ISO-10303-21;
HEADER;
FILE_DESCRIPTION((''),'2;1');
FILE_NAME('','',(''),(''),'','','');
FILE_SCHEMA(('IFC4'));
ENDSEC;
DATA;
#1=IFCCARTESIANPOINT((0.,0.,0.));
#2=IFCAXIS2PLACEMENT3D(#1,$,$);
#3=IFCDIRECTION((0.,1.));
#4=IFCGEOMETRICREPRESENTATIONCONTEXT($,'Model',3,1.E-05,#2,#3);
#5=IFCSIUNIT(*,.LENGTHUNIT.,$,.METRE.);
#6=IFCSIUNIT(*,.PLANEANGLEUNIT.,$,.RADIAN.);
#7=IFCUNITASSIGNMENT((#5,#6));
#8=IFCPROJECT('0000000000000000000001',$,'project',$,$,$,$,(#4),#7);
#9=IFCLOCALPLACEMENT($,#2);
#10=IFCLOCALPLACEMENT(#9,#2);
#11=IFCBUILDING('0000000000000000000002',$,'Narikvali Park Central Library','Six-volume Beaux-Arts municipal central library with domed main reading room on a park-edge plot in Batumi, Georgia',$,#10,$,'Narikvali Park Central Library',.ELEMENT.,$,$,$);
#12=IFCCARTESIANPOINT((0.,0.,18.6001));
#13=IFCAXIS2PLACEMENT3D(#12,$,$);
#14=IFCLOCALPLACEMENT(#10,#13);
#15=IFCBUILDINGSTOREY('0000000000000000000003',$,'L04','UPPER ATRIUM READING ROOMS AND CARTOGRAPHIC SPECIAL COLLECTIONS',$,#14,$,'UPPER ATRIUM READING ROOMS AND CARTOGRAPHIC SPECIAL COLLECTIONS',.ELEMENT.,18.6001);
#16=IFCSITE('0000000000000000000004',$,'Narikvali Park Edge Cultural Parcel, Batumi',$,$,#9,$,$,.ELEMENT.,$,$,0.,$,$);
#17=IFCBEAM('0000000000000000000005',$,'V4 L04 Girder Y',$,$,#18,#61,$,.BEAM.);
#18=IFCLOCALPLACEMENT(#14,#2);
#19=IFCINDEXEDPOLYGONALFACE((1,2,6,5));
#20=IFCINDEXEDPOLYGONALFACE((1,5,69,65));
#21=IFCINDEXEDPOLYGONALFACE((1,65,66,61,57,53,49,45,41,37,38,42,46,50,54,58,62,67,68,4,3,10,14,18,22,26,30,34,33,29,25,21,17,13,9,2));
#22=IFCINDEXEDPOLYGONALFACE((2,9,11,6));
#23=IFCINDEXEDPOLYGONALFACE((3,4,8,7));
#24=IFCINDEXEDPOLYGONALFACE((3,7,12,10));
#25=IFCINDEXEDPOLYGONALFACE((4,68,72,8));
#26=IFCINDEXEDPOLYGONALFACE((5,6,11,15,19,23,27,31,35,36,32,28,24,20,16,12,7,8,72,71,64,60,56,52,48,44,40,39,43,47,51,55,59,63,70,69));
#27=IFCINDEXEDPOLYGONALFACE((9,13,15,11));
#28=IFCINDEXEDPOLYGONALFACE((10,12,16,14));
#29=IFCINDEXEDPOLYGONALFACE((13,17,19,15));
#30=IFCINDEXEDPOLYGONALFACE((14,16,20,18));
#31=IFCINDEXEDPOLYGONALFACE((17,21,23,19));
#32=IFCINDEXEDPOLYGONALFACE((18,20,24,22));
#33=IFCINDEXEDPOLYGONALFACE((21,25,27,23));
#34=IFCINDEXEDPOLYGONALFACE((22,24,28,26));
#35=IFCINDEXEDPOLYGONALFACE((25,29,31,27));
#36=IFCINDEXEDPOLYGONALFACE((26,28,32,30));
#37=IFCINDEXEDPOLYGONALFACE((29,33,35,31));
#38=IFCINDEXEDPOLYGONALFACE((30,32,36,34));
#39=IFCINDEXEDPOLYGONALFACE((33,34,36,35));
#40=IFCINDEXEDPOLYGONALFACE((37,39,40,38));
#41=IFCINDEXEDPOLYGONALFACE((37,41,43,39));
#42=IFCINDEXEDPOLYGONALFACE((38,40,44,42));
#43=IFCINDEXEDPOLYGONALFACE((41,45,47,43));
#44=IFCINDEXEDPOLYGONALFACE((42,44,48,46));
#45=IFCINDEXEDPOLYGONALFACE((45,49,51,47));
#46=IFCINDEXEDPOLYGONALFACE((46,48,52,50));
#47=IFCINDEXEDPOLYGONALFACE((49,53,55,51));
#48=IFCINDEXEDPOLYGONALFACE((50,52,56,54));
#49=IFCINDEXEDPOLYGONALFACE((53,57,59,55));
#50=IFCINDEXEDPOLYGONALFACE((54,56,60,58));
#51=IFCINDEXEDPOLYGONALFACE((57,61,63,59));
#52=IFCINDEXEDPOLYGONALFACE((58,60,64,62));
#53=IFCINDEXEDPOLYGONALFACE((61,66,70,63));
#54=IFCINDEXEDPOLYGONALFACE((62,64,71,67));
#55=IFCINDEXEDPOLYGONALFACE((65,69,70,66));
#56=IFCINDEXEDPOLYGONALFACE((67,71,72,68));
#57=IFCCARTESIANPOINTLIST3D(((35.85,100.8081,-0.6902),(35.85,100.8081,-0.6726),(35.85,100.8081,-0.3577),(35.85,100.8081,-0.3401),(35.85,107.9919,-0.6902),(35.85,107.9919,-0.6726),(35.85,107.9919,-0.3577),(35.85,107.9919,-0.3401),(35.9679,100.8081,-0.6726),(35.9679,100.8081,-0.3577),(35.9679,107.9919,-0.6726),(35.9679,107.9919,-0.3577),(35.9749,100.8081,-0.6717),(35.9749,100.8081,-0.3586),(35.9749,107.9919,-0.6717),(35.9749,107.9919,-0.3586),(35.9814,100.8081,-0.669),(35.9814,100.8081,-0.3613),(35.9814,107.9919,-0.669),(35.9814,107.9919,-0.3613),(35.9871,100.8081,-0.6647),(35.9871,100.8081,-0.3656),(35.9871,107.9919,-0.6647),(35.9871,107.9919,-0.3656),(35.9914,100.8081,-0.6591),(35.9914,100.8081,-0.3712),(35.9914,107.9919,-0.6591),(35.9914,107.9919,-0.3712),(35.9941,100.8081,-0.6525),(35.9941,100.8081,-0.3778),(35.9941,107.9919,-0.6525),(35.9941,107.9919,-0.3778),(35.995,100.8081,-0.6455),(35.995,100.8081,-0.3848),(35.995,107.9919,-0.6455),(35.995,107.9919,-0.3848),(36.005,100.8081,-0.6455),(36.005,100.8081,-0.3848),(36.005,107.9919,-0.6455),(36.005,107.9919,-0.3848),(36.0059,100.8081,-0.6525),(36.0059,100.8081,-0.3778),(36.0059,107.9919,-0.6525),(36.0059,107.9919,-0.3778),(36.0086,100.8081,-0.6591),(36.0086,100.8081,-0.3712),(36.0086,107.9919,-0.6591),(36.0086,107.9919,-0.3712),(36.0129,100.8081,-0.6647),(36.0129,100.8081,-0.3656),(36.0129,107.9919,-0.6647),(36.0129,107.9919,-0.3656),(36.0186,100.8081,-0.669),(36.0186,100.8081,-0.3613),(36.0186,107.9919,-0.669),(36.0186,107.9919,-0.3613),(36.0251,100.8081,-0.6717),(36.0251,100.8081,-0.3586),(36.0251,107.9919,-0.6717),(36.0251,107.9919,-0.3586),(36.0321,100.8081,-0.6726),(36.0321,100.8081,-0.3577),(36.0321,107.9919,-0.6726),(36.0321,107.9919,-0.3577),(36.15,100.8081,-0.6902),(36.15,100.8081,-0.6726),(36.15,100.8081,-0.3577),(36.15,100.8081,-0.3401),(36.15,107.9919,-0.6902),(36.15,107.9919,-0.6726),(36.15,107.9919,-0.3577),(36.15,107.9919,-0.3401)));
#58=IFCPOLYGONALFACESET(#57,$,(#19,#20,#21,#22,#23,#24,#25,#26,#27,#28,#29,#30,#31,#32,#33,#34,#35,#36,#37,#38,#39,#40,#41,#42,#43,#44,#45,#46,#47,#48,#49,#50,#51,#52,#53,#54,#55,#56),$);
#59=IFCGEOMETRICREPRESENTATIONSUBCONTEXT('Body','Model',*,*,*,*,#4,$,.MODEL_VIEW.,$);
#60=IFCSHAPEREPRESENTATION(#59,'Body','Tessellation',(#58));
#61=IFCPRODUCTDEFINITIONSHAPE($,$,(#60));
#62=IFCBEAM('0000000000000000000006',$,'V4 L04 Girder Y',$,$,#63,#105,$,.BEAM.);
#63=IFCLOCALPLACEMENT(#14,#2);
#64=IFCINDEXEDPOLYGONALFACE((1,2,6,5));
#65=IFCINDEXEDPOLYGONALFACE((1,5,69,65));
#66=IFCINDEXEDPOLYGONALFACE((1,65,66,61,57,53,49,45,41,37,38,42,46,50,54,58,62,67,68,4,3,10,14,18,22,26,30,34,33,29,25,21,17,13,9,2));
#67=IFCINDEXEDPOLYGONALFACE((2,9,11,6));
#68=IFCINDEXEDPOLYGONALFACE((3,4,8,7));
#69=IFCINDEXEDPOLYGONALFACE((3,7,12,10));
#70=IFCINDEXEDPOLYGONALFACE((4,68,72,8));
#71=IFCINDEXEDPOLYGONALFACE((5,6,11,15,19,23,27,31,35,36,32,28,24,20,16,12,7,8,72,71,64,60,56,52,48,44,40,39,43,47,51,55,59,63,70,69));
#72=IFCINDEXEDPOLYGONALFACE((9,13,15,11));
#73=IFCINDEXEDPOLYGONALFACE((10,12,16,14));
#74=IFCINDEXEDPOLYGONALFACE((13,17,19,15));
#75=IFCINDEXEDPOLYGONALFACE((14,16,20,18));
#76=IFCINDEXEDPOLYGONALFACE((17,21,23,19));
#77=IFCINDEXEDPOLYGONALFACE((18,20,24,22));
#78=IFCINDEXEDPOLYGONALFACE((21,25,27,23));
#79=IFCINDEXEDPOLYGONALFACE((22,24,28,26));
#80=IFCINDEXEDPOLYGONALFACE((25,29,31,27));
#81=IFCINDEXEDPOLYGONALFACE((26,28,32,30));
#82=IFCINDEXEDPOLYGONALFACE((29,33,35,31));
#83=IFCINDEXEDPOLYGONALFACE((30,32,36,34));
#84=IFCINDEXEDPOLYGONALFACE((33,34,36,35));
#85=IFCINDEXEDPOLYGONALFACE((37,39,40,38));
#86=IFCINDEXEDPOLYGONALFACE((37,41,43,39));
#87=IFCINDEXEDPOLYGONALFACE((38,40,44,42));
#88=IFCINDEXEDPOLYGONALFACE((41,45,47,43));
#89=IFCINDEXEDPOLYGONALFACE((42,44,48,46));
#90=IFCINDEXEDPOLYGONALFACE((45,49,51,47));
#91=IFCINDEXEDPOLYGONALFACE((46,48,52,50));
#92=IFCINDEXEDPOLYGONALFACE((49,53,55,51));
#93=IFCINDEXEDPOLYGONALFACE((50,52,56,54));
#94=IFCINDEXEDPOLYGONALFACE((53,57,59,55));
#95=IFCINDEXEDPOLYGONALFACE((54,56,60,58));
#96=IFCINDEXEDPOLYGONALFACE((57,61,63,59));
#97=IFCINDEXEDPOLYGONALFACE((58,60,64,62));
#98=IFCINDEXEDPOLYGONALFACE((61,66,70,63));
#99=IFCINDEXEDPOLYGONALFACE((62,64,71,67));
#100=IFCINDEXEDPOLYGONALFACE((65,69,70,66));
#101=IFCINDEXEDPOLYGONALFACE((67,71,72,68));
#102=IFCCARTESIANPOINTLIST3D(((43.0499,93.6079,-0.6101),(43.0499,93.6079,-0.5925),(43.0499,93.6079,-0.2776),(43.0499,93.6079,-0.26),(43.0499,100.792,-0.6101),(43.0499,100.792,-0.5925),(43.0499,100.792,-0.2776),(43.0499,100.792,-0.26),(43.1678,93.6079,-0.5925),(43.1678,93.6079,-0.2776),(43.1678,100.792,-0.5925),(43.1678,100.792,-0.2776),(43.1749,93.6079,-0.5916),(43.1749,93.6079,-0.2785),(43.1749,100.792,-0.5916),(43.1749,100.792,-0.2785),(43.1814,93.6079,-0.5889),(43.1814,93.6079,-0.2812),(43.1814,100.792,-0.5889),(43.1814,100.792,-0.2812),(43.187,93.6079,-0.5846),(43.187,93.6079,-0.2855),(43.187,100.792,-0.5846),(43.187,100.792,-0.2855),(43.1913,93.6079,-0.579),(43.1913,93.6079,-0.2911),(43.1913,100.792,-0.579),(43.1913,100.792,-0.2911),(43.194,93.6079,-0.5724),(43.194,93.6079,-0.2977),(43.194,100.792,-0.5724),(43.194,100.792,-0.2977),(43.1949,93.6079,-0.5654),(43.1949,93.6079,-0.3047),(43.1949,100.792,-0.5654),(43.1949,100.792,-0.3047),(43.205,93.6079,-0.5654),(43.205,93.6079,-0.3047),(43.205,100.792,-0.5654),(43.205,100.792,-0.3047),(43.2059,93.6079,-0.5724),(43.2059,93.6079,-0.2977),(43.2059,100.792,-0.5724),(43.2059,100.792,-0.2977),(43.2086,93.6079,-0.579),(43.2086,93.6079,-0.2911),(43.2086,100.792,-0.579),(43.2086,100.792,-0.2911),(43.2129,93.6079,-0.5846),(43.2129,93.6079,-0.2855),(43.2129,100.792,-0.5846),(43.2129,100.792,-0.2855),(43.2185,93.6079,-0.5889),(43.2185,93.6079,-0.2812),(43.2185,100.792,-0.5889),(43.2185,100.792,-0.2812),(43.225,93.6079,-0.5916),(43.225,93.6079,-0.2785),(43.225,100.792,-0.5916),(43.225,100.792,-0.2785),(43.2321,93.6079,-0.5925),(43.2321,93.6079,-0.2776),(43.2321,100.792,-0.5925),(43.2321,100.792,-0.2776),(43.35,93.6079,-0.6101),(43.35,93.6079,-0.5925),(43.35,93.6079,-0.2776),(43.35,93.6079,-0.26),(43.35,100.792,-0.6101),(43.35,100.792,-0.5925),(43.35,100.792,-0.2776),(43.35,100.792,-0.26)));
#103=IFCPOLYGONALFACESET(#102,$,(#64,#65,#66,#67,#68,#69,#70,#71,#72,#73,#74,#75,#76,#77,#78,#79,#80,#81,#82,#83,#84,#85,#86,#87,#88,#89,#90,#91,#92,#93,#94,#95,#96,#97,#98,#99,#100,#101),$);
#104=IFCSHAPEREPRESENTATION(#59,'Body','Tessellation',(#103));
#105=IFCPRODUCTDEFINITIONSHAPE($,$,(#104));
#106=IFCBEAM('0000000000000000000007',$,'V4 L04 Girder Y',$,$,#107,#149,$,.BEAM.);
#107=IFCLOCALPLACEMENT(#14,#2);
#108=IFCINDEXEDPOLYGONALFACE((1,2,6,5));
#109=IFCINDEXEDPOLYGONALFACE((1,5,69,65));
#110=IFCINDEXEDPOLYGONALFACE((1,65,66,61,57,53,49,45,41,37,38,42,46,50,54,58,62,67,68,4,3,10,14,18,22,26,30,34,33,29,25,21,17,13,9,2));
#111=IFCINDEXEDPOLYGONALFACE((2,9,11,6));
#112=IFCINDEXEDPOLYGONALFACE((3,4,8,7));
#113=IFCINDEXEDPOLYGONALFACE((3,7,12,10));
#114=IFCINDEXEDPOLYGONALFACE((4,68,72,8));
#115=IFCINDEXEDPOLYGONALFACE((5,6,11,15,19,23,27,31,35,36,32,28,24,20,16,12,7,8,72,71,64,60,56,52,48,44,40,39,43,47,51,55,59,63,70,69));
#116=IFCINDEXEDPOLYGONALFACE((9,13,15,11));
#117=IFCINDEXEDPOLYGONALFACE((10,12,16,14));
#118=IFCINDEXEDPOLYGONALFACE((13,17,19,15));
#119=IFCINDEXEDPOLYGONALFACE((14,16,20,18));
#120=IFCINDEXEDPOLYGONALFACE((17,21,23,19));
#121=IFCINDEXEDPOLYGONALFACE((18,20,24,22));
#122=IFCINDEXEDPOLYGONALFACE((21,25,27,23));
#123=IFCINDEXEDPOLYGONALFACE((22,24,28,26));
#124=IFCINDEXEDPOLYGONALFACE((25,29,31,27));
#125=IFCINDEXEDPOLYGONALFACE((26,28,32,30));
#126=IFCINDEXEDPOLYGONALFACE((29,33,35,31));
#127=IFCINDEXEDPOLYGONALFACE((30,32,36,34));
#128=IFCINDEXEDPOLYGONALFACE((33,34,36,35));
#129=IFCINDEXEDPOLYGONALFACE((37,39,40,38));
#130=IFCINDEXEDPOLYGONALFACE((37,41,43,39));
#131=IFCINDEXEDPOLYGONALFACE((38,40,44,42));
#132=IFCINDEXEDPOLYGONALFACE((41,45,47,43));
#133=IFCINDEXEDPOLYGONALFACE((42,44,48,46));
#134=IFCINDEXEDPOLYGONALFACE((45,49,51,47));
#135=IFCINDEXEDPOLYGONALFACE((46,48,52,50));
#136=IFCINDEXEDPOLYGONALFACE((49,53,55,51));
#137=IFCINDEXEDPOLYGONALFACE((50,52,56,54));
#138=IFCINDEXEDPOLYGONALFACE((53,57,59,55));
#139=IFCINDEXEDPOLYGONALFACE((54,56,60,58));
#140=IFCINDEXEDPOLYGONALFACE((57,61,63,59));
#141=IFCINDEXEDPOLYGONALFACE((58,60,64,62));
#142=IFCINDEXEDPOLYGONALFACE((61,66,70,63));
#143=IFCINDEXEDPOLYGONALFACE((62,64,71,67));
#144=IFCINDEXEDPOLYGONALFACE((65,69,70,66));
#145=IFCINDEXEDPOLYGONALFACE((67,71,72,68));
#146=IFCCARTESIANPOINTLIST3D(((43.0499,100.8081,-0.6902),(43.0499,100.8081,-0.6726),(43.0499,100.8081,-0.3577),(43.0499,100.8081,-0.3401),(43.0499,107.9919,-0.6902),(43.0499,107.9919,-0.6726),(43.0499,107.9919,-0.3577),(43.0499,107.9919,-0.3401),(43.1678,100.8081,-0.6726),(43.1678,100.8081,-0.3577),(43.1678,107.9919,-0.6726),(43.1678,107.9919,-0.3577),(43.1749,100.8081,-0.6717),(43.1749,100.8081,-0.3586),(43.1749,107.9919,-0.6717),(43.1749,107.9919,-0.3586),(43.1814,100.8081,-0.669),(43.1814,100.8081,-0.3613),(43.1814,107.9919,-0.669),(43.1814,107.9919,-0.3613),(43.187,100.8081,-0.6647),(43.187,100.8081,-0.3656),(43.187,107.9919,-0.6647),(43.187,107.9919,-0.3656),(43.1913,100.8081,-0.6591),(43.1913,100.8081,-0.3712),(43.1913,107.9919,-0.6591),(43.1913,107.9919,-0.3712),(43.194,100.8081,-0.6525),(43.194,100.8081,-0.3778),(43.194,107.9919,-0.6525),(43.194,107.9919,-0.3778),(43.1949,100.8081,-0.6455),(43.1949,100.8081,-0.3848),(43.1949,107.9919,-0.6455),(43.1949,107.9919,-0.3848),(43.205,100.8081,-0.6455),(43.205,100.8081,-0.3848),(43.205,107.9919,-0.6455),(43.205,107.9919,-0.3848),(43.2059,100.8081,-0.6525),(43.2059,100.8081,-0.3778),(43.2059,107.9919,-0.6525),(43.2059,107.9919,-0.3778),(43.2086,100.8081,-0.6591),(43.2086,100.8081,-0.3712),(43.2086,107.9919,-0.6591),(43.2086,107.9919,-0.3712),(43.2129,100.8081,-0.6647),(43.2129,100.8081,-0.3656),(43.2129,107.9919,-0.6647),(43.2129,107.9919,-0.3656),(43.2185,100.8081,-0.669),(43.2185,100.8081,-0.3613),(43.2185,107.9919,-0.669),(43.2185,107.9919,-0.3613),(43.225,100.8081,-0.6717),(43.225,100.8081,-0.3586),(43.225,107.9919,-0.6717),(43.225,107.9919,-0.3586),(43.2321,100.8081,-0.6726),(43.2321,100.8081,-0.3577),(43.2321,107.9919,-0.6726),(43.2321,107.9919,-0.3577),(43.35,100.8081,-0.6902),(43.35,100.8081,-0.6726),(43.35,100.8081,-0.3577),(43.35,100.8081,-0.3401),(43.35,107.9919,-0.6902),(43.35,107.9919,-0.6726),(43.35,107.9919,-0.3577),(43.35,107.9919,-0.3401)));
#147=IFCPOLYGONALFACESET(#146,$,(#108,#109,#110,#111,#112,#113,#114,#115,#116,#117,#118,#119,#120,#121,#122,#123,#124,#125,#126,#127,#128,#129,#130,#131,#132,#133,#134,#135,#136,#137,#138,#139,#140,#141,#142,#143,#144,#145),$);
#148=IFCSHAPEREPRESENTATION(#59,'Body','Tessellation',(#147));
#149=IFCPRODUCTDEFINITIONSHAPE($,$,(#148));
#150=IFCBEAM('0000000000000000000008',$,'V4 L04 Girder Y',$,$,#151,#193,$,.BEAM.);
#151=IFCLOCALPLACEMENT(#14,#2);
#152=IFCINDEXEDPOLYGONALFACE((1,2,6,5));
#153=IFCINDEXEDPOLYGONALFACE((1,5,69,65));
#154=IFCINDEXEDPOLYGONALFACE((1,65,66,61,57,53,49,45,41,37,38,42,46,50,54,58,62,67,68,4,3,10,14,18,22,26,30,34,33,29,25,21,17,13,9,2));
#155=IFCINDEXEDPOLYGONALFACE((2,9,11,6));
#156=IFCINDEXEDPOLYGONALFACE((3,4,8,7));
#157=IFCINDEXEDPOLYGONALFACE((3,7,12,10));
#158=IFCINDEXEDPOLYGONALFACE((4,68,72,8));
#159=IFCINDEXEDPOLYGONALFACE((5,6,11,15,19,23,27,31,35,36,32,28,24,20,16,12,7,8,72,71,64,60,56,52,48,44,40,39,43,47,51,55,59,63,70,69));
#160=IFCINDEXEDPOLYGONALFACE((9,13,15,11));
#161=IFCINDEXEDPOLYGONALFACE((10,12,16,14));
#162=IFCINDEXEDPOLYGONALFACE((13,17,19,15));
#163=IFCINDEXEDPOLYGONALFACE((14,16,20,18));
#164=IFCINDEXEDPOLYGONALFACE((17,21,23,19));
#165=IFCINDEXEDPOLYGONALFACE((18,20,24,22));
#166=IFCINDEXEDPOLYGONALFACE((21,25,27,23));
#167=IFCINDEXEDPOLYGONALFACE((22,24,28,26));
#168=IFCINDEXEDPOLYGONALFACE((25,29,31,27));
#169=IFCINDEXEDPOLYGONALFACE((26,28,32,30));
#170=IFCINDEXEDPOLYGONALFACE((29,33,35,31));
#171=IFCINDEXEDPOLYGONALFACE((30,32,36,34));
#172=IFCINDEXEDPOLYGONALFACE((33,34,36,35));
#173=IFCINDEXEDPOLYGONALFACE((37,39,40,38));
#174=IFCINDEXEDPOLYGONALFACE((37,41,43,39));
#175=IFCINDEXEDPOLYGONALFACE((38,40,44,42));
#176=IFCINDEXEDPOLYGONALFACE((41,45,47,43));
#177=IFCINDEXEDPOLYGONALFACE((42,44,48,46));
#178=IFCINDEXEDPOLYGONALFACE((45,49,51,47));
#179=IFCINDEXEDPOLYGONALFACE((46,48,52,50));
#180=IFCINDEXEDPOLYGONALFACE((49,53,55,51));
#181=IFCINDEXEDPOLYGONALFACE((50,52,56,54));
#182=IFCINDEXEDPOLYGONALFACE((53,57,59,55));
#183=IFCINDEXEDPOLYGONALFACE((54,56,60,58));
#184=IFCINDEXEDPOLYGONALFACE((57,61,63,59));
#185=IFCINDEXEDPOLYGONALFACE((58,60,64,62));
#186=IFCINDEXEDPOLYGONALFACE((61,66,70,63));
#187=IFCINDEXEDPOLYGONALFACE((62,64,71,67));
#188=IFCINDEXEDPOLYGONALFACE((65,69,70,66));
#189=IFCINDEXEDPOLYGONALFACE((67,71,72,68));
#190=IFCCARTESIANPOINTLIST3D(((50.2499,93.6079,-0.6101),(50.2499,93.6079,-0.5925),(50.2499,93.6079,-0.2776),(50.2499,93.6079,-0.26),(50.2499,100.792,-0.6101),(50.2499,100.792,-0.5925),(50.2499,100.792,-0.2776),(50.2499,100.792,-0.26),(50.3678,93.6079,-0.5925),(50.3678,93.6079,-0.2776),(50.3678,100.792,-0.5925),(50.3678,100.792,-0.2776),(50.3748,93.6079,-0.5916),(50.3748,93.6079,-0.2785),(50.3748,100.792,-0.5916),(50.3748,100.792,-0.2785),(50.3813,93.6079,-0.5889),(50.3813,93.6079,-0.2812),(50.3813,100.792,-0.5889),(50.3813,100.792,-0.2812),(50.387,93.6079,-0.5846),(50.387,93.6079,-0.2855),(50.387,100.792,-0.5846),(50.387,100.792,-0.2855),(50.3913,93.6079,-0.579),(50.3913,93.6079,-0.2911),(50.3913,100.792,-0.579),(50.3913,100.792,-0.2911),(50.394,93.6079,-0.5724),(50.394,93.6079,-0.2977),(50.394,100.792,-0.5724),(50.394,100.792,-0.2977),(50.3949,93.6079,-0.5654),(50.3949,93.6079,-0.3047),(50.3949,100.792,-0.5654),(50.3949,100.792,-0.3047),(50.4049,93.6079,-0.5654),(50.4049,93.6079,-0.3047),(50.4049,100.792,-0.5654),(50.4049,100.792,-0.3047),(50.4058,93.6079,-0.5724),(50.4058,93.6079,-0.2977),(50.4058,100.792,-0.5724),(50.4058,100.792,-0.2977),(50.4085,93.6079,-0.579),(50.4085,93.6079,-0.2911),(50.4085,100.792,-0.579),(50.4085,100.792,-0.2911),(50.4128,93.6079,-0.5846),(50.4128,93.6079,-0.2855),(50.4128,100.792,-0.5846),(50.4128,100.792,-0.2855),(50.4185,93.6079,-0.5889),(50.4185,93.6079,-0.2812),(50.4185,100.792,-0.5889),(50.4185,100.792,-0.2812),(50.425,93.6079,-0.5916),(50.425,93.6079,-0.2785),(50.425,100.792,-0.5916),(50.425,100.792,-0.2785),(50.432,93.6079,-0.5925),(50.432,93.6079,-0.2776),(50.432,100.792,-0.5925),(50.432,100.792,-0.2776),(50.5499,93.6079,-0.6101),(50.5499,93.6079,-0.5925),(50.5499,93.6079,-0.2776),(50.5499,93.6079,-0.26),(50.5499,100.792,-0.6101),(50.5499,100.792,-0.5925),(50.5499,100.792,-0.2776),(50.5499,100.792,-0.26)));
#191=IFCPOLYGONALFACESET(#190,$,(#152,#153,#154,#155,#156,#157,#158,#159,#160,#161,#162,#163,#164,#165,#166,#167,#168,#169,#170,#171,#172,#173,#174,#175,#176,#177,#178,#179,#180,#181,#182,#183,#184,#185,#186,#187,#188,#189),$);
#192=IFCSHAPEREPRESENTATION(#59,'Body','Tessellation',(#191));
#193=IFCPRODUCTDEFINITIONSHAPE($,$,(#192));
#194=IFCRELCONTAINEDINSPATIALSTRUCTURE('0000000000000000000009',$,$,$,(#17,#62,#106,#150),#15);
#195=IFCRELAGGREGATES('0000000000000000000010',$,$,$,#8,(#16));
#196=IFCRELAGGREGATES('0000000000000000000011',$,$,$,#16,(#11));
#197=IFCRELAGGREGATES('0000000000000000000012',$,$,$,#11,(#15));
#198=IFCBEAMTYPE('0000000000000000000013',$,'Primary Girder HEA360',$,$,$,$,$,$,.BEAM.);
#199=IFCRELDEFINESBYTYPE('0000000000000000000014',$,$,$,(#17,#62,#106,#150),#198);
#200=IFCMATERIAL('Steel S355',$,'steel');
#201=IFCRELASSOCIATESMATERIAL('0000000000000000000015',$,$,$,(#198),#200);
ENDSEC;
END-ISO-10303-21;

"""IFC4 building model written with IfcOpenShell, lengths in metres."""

from ifc_helpers import new_model, si_unit, direction, frame, origin, origin_2d, place, context, subcontext, project, spatial, i_section, extrude, material, material_profile, profile_set, type_object, element, save


model = new_model("IFC4")

# Units and contexts
model_context = context("Model", 3, precision=1e-05, world=origin(), true_north=direction((0.0, 1.0)))
body_context = subcontext(model_context, "Body", "Model", "MODEL_VIEW")
ifc_project = project(units=[si_unit("LENGTHUNIT", "METRE"), si_unit("PLANEANGLEUNIT", "RADIAN")], contexts=[model_context])

# Site, building, storey
site_placement = place(None, origin())
site = spatial("IfcSite", under=ifc_project, at=site_placement, Name="Narikvali Park Edge Cultural Parcel, Batumi", CompositionType="ELEMENT", RefElevation=0.0)
building_placement = place(site_placement, origin())
building = spatial("IfcBuilding", under=site, at=building_placement, Name="Narikvali Park Central Library", Description="Six-volume Beaux-Arts municipal central library with domed main reading room on a park-edge plot in Batumi, Georgia", LongName="Narikvali Park Central Library", CompositionType="ELEMENT")
storey_placement = place(building_placement, frame((0.0, 0.0, 18.6001)))
storey = spatial("IfcBuildingStorey", under=building, at=storey_placement, Name="L04", Description="UPPER ATRIUM READING ROOMS AND CARTOGRAPHIC SPECIAL COLLECTIONS", LongName="UPPER ATRIUM READING ROOMS AND CARTOGRAPHIC SPECIAL COLLECTIONS", CompositionType="ELEMENT", Elevation=18.6001)

# Shared definitions
ifc_material_1 = material(Name="Steel S355", Category="steel")

# Beams
ifc_material_profile_1 = material_profile(ifc_material_1, i_section(OverallWidth=0.3, OverallDepth=0.3501, WebThickness=0.01, FlangeThickness=0.0176, FilletRadius=0.0271, at=origin_2d()), Name="HEA 360")
ifc_profile_set_1 = profile_set([ifc_material_profile_1], Name="Steel S355")
beam_type_1 = type_object("IfcBeamType", Name="Primary Girder HEA360", PredefinedType="BEAM", material=ifc_profile_set_1)
beam_1_placement = place(storey_placement, frame((36.0, 100.8081, -0.5151), z_axis=(0.0, 1.0, 0.0), x_axis=(-1.0, 0.0, 0.0)))
element("IfcBeam", 1, at=beam_1_placement, inside=storey, type_object=beam_type_1, Name="V4 L04 Girder Y", PredefinedType="BEAM", context=body_context, shape_type="SweptSolid", body=[
    extrude(i_section(OverallWidth=0.3, OverallDepth=0.3501, WebThickness=0.01, FlangeThickness=0.0176, FilletRadius=0.0271, at=origin_2d()), origin(), (0.0, 0.0, 1.0), 7.1838),
])
beam_2_placement = place(storey_placement, frame((43.2, 93.6079, -0.4351), z_axis=(0.0, 1.0, 0.0), x_axis=(-1.0, 0.0, 0.0)))
element("IfcBeam", 2, at=beam_2_placement, inside=storey, type_object=beam_type_1, Name="V4 L04 Girder Y", PredefinedType="BEAM", context=body_context, shape_type="SweptSolid", body=[
    extrude(i_section(OverallWidth=0.3, OverallDepth=0.3501, WebThickness=0.01, FlangeThickness=0.0176, FilletRadius=0.0271, at=origin_2d()), origin(), (0.0, 0.0, 1.0), 7.1841),
])
beam_3_placement = place(storey_placement, frame((43.2, 100.8081, -0.5151), z_axis=(0.0, 1.0, 0.0), x_axis=(-1.0, 0.0, 0.0)))
element("IfcBeam", 3, at=beam_3_placement, inside=storey, type_object=beam_type_1, Name="V4 L04 Girder Y", PredefinedType="BEAM", context=body_context, shape_type="SweptSolid", body=[
    extrude(i_section(OverallWidth=0.3, OverallDepth=0.3501, WebThickness=0.01, FlangeThickness=0.0176, FilletRadius=0.0271, at=origin_2d()), origin(), (0.0, 0.0, 1.0), 7.1838),
])
beam_4_placement = place(storey_placement, frame((50.3999, 93.6079, -0.4351), z_axis=(0.0, 1.0, 0.0), x_axis=(-1.0, 0.0, 0.0)))
element("IfcBeam", 4, at=beam_4_placement, inside=storey, type_object=beam_type_1, Name="V4 L04 Girder Y", PredefinedType="BEAM", context=body_context, shape_type="SweptSolid", body=[
    extrude(i_section(OverallWidth=0.3, OverallDepth=0.3501, WebThickness=0.01, FlangeThickness=0.0176, FilletRadius=0.0271, at=origin_2d()), origin(), (0.0, 0.0, 1.0), 7.1841),
])

save(model, "model.ifc")
